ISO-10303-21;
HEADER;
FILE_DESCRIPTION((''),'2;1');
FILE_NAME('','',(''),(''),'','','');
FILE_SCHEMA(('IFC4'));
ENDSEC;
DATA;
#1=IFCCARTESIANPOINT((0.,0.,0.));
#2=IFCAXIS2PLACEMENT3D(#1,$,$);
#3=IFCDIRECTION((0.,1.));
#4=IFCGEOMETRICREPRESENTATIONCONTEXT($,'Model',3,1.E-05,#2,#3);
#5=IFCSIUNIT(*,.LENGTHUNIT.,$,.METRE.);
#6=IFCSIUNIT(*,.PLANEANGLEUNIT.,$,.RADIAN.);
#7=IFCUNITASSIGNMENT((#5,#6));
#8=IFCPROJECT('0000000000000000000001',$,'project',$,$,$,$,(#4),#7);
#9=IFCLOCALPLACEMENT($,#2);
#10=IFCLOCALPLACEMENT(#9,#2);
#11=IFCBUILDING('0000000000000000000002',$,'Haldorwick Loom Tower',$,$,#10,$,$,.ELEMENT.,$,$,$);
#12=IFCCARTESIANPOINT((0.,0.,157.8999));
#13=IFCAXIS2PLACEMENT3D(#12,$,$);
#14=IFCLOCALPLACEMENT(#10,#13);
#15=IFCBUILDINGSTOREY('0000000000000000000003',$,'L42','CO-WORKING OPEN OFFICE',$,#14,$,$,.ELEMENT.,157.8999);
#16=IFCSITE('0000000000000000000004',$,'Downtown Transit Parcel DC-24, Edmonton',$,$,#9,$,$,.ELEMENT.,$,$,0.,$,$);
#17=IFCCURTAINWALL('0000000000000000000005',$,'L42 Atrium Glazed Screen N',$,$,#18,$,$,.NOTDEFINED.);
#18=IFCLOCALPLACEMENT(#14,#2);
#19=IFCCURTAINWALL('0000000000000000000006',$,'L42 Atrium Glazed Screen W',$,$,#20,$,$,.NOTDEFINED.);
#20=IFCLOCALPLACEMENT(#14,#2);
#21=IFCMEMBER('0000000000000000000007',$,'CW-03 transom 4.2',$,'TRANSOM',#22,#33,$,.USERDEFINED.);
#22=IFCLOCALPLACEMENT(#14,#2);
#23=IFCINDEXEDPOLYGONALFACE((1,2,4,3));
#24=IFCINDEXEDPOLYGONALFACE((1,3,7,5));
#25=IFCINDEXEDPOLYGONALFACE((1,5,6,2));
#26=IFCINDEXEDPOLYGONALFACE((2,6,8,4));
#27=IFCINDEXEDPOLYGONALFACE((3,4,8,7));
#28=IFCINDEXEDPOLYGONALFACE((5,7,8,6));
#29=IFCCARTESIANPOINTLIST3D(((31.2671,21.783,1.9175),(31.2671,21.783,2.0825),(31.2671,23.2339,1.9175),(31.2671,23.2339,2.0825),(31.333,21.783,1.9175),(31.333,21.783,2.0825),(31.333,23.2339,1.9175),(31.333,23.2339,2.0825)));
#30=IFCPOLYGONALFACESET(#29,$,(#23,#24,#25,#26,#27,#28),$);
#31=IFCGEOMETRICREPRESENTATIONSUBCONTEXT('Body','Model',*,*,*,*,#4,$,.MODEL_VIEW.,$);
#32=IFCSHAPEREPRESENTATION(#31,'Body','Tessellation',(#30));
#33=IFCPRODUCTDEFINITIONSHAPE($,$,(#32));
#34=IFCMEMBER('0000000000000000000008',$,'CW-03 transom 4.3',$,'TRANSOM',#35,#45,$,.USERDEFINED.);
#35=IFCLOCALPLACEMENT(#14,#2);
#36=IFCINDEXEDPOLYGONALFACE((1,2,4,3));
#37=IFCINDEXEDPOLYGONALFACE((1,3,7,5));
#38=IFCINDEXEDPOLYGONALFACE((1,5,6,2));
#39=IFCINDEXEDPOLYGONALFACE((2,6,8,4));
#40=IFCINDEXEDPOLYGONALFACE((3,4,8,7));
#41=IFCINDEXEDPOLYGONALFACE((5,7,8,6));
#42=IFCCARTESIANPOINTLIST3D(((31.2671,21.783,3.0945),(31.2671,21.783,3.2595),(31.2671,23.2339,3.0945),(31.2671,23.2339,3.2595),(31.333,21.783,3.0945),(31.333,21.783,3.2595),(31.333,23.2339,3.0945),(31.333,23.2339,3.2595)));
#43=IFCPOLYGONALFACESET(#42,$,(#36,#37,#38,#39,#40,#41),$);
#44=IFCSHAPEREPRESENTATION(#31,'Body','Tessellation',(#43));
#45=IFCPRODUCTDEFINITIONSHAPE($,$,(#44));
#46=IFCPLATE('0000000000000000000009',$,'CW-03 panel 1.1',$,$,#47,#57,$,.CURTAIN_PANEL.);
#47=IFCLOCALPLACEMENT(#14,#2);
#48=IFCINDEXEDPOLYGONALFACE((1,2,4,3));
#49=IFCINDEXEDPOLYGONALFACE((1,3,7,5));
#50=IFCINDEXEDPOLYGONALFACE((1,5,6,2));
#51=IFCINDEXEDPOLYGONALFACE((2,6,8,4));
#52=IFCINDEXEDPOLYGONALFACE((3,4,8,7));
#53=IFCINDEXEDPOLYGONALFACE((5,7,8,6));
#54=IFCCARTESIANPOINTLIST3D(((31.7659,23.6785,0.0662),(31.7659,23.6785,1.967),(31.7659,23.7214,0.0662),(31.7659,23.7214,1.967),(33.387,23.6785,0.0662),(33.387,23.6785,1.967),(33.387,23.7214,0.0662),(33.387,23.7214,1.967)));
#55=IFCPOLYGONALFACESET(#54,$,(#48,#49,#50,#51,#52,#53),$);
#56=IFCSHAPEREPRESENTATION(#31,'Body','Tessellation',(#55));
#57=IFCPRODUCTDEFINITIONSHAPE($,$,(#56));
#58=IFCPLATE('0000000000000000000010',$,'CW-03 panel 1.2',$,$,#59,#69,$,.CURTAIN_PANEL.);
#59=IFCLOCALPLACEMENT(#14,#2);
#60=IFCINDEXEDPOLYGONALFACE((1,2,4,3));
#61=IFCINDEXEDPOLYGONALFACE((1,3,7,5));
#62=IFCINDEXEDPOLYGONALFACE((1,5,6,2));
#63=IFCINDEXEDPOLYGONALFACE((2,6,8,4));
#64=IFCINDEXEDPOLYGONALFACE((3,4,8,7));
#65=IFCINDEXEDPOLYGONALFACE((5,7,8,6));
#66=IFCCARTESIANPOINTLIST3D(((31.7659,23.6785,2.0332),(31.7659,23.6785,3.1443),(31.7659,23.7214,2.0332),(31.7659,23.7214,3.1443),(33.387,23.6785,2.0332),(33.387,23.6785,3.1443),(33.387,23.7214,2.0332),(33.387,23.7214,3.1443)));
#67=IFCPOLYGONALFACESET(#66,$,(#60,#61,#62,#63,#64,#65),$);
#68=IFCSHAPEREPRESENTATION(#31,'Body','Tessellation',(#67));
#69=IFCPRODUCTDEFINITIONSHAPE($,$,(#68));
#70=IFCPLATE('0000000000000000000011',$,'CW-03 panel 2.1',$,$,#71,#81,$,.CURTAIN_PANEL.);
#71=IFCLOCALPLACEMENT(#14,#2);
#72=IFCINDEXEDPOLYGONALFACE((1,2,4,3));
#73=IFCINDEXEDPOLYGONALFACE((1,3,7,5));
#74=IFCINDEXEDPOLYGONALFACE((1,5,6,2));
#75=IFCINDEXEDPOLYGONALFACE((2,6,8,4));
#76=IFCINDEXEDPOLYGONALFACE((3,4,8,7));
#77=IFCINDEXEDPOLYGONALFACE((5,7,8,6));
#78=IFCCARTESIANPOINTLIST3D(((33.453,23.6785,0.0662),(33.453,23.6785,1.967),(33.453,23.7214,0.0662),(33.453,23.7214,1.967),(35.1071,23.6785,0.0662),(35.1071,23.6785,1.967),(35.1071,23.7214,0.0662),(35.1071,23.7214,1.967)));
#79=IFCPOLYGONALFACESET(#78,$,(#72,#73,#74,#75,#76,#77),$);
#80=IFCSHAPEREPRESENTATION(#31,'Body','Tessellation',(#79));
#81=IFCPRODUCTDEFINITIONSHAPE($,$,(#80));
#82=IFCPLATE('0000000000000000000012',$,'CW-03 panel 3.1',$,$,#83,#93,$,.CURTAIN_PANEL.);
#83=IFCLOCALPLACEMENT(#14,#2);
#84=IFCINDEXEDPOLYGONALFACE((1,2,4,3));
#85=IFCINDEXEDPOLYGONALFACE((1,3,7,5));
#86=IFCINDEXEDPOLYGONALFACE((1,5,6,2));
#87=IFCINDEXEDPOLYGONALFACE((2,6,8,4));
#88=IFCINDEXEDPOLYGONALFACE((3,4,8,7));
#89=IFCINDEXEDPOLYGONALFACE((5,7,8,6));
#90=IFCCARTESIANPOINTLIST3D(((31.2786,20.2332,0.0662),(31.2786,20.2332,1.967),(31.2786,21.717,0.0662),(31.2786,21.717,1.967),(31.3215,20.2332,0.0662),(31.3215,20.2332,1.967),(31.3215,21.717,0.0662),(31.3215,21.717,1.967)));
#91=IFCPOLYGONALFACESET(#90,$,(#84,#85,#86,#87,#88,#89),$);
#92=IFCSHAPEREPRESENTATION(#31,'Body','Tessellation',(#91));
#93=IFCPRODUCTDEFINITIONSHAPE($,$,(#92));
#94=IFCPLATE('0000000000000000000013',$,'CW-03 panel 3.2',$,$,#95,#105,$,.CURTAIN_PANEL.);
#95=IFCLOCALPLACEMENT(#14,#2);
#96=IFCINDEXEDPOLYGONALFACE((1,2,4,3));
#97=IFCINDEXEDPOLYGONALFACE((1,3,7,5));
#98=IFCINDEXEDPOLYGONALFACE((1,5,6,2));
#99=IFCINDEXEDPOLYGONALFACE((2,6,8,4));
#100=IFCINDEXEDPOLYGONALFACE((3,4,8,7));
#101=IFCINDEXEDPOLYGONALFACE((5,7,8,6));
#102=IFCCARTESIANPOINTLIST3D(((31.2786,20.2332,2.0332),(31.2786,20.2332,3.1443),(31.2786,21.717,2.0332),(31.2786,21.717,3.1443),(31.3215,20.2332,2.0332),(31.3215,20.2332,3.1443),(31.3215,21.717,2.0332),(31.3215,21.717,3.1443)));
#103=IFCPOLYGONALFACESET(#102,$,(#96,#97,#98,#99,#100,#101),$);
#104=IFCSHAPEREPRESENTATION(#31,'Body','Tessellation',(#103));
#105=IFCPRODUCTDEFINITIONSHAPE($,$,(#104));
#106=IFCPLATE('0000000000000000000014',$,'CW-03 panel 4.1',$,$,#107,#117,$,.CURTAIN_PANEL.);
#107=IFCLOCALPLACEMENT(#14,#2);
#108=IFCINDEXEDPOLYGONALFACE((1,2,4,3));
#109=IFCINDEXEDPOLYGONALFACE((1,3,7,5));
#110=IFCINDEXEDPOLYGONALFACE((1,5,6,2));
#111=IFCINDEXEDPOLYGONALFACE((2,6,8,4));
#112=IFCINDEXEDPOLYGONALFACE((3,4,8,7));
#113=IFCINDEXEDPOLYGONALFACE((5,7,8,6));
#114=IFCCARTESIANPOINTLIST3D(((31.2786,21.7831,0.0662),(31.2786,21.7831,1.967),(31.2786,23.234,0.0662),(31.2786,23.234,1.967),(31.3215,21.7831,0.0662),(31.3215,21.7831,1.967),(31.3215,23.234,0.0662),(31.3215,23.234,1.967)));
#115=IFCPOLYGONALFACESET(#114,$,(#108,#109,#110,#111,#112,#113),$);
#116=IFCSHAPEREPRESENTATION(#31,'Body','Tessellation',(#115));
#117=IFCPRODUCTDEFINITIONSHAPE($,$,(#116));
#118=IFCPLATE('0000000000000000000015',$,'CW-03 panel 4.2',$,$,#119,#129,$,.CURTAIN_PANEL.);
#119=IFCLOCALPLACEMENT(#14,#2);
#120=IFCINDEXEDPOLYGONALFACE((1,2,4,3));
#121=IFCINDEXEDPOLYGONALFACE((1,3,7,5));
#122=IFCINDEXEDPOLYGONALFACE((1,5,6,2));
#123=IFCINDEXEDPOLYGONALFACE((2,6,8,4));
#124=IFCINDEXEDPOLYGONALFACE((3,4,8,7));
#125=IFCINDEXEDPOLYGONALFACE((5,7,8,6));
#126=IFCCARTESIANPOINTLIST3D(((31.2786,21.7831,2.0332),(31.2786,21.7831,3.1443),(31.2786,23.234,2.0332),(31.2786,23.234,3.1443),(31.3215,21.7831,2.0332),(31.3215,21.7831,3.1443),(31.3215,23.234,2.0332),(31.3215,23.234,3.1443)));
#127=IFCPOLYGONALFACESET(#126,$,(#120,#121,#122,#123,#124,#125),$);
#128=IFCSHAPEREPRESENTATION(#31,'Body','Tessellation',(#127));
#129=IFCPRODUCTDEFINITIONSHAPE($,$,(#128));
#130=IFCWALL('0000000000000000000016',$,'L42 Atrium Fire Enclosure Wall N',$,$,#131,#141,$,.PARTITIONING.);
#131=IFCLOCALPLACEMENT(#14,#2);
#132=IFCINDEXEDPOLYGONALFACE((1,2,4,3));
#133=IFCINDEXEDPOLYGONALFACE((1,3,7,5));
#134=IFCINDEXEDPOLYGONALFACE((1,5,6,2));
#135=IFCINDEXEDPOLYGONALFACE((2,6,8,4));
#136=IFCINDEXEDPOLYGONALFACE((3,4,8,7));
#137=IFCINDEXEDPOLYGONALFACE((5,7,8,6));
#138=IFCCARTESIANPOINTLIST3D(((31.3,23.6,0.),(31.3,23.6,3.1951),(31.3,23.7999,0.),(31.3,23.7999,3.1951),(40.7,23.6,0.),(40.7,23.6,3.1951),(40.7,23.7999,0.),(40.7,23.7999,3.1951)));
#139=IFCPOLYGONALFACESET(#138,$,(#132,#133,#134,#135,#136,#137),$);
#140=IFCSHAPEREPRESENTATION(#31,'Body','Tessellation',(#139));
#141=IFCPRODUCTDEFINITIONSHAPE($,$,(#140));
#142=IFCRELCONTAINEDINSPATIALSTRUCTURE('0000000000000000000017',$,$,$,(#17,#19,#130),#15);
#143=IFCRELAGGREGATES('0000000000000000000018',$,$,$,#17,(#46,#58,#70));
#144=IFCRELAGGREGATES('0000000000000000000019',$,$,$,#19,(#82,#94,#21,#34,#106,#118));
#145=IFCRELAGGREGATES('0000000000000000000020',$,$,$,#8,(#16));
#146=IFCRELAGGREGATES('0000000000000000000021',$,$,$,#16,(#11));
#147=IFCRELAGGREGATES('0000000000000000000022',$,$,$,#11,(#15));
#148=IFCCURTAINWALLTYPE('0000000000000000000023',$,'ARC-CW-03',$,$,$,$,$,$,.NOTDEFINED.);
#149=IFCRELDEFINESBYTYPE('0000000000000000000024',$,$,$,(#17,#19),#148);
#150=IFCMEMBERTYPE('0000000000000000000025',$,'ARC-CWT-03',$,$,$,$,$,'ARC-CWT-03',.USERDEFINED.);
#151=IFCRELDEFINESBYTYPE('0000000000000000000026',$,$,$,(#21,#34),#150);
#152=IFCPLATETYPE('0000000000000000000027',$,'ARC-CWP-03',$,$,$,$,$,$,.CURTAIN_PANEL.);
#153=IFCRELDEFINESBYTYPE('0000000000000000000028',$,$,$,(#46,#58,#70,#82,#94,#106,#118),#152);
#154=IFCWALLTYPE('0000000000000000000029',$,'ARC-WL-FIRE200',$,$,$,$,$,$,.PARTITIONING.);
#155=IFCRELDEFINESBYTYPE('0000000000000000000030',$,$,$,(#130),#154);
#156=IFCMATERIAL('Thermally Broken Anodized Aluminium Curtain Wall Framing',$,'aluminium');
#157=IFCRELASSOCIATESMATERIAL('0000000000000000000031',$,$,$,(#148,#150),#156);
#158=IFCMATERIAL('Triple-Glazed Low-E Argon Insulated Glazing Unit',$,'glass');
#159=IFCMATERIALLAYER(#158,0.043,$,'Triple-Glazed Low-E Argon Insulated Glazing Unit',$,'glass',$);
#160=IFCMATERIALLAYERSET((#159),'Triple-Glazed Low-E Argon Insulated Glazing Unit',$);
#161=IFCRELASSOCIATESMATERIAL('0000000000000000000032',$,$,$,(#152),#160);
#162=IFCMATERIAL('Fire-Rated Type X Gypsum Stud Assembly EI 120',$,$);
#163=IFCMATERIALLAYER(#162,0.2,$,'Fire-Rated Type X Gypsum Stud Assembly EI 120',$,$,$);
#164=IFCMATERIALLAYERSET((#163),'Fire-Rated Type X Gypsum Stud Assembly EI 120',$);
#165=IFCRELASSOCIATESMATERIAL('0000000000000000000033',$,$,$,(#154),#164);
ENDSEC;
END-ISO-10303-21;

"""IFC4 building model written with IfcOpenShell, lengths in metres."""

from ifc_helpers import new_model, si_unit, direction, frame, frame_2d, origin, origin_2d, place, context, subcontext, project, spatial, rectangle, extrude, material, layer, layer_set, material_profile, profile_set, type_object, element, aggregate, save


model = new_model("IFC4")

# Units and contexts
model_context = context("Model", 3, precision=1e-05, world=origin(), true_north=direction((0.0, 1.0)))
body_context = subcontext(model_context, "Body", "Model", "MODEL_VIEW")
ifc_project = project(units=[si_unit("LENGTHUNIT", "METRE"), si_unit("PLANEANGLEUNIT", "RADIAN")], contexts=[model_context])

# Site, building, storey
site_placement = place(None, origin())
site = spatial("IfcSite", under=ifc_project, at=site_placement, Name="Downtown Transit Parcel DC-24, Edmonton", CompositionType="ELEMENT", RefElevation=0.0)
building_placement = place(site_placement, origin())
building = spatial("IfcBuilding", under=site, at=building_placement, Name="Haldorwick Loom Tower", CompositionType="ELEMENT")
storey_placement = place(building_placement, frame((0.0, 0.0, 157.8999)))
storey = spatial("IfcBuildingStorey", under=building, at=storey_placement, Name="L42", Description="CO-WORKING OPEN OFFICE", CompositionType="ELEMENT", Elevation=157.8999)

# Curtain walls
ifc_material_1 = material(Name="Thermally Broken Anodized Aluminium Curtain Wall Framing", Category="aluminium")
curtain_wall_type = type_object("IfcCurtainWallType", Name="ARC-CW-03", PredefinedType="NOTDEFINED", material=ifc_material_1)
curtain_wall_1_placement = place(storey_placement, origin())
curtain_wall_1 = element("IfcCurtainWall", 1, at=curtain_wall_1_placement, inside=storey, type_object=curtain_wall_type, Name="L42 Atrium Glazed Screen N", PredefinedType="NOTDEFINED")
curtain_wall_2_placement = place(storey_placement, origin())
curtain_wall_2 = element("IfcCurtainWall", 2, at=curtain_wall_2_placement, inside=storey, type_object=curtain_wall_type, Name="L42 Atrium Glazed Screen W", PredefinedType="NOTDEFINED")

# Members
ifc_material_profile_1 = material_profile(ifc_material_1, rectangle(XDim=0.0659, YDim=0.165, at=origin_2d()), Name="ALU_TRN_66X165", Category="aluminium")
ifc_profile_set_1 = profile_set([ifc_material_profile_1], Name="Thermally Broken Anodized Aluminium Curtain Wall Framing")
member_type_1 = type_object("IfcMemberType", Name="ARC-CWT-03", ElementType="ARC-CWT-03", PredefinedType="USERDEFINED", material=ifc_profile_set_1)
member_1_placement = place(storey_placement, frame((31.3, 21.783, 2.0), z_axis=(0.0, 1.0, 0.0), x_axis=(-1.0, 0.0, 0.0)))
member_1 = element("IfcMember", 3, at=member_1_placement, type_object=member_type_1, Name="CW-03 transom 4.2", ObjectType="TRANSOM", PredefinedType="USERDEFINED", context=body_context, shape_type="SweptSolid", body=[
    extrude(rectangle(XDim=0.0659, YDim=0.165, at=origin_2d()), origin(), (0.0, 0.0, 1.0), 1.4509),
])
member_2_placement = place(storey_placement, frame((31.3, 21.783, 3.177), z_axis=(0.0, 1.0, 0.0), x_axis=(-1.0, 0.0, 0.0)))
member_2 = element("IfcMember", 4, at=member_2_placement, type_object=member_type_1, Name="CW-03 transom 4.3", ObjectType="TRANSOM", PredefinedType="USERDEFINED", context=body_context, shape_type="SweptSolid", body=[
    extrude(rectangle(XDim=0.0659, YDim=0.165, at=origin_2d()), origin(), (0.0, 0.0, 1.0), 1.4509),
])

# Plates
ifc_material_2 = material(Name="Triple-Glazed Low-E Argon Insulated Glazing Unit", Category="glass")
ifc_layer_1 = layer(ifc_material_2, 0.043, Name="Triple-Glazed Low-E Argon Insulated Glazing Unit", Category="glass")
ifc_layer_set_1 = layer_set([ifc_layer_1], Name="Triple-Glazed Low-E Argon Insulated Glazing Unit")
plate_type = type_object("IfcPlateType", Name="ARC-CWP-03", PredefinedType="CURTAIN_PANEL", material=ifc_layer_set_1)
plate_1_placement = place(storey_placement, frame((32.5764, 23.7, 0.0662), z_axis=(0.0, 0.0, 1.0), x_axis=(1.0, 0.0, 0.0)))
plate_1 = element("IfcPlate", 5, at=plate_1_placement, type_object=plate_type, Name="CW-03 panel 1.1", PredefinedType="CURTAIN_PANEL", context=body_context, shape_type="SweptSolid", body=[
    extrude(rectangle(XDim=1.6211, YDim=0.043, at=origin_2d()), origin(), (0.0, 0.0, 1.0), 1.9009),
])
plate_2_placement = place(storey_placement, frame((32.5764, 23.7, 2.0332), z_axis=(0.0, 0.0, 1.0), x_axis=(1.0, 0.0, 0.0)))
plate_2 = element("IfcPlate", 6, at=plate_2_placement, type_object=plate_type, Name="CW-03 panel 1.2", PredefinedType="CURTAIN_PANEL", context=body_context, shape_type="SweptSolid", body=[
    extrude(rectangle(XDim=1.6211, YDim=0.043, at=origin_2d()), origin(), (0.0, 0.0, 1.0), 1.1111),
])
plate_3_placement = place(storey_placement, frame((34.28, 23.7, 0.0662), z_axis=(0.0, 0.0, 1.0), x_axis=(1.0, 0.0, 0.0)))
plate_3 = element("IfcPlate", 7, at=plate_3_placement, type_object=plate_type, Name="CW-03 panel 2.1", PredefinedType="CURTAIN_PANEL", context=body_context, shape_type="SweptSolid", body=[
    extrude(rectangle(XDim=1.6541, YDim=0.043, at=origin_2d()), origin(), (0.0, 0.0, 1.0), 1.9009),
])
aggregate(curtain_wall_1, [plate_1, plate_2, plate_3])
plate_4_placement = place(storey_placement, frame((31.3, 20.9751, 0.0662), z_axis=(0.0, 0.0, 1.0), x_axis=(0.0, 1.0, 0.0)))
plate_4 = element("IfcPlate", 8, at=plate_4_placement, type_object=plate_type, Name="CW-03 panel 3.1", PredefinedType="CURTAIN_PANEL", context=body_context, shape_type="SweptSolid", body=[
    extrude(rectangle(XDim=1.4839, YDim=0.043, at=origin_2d()), origin(), (0.0, 0.0, 1.0), 1.9009),
])
plate_5_placement = place(storey_placement, frame((31.3, 20.9751, 2.0332), z_axis=(0.0, 0.0, 1.0), x_axis=(0.0, 1.0, 0.0)))
plate_5 = element("IfcPlate", 9, at=plate_5_placement, type_object=plate_type, Name="CW-03 panel 3.2", PredefinedType="CURTAIN_PANEL", context=body_context, shape_type="SweptSolid", body=[
    extrude(rectangle(XDim=1.4839, YDim=0.043, at=origin_2d()), origin(), (0.0, 0.0, 1.0), 1.1111),
])
plate_6_placement = place(storey_placement, frame((31.3, 22.5085, 0.0662), z_axis=(0.0, 0.0, 1.0), x_axis=(0.0, 1.0, 0.0)))
plate_6 = element("IfcPlate", 10, at=plate_6_placement, type_object=plate_type, Name="CW-03 panel 4.1", PredefinedType="CURTAIN_PANEL", context=body_context, shape_type="SweptSolid", body=[
    extrude(rectangle(XDim=1.4509, YDim=0.043, at=origin_2d()), origin(), (0.0, 0.0, 1.0), 1.9009),
])
plate_7_placement = place(storey_placement, frame((31.3, 22.5085, 2.0332), z_axis=(0.0, 0.0, 1.0), x_axis=(0.0, 1.0, 0.0)))
plate_7 = element("IfcPlate", 11, at=plate_7_placement, type_object=plate_type, Name="CW-03 panel 4.2", PredefinedType="CURTAIN_PANEL", context=body_context, shape_type="SweptSolid", body=[
    extrude(rectangle(XDim=1.4509, YDim=0.043, at=origin_2d()), origin(), (0.0, 0.0, 1.0), 1.1111),
])
aggregate(curtain_wall_2, [plate_4, plate_5, member_1, member_2, plate_6, plate_7])

# Wall
ifc_material_3 = material(Name="Fire-Rated Type X Gypsum Stud Assembly EI 120")
ifc_layer_2 = layer(ifc_material_3, 0.2, Name="Fire-Rated Type X Gypsum Stud Assembly EI 120")
ifc_layer_set_2 = layer_set([ifc_layer_2], Name="Fire-Rated Type X Gypsum Stud Assembly EI 120")
wall_type = type_object("IfcWallType", Name="ARC-WL-FIRE200", PredefinedType="PARTITIONING", material=ifc_layer_set_2)
wall_placement = place(storey_placement, frame((31.3, 23.7, 0.0), z_axis=(0.0, 0.0, 1.0), x_axis=(1.0, 0.0, 0.0)))
element("IfcWall", 12, at=wall_placement, inside=storey, type_object=wall_type, Name="L42 Atrium Fire Enclosure Wall N", PredefinedType="PARTITIONING", context=body_context, shape_type="SweptSolid", body=[
    extrude(rectangle(XDim=9.3999, YDim=0.2, at=frame_2d((4.7, 0.0))), origin(), (0.0, 0.0, 1.0), 3.1951),
])

save(model, "model.ifc")
